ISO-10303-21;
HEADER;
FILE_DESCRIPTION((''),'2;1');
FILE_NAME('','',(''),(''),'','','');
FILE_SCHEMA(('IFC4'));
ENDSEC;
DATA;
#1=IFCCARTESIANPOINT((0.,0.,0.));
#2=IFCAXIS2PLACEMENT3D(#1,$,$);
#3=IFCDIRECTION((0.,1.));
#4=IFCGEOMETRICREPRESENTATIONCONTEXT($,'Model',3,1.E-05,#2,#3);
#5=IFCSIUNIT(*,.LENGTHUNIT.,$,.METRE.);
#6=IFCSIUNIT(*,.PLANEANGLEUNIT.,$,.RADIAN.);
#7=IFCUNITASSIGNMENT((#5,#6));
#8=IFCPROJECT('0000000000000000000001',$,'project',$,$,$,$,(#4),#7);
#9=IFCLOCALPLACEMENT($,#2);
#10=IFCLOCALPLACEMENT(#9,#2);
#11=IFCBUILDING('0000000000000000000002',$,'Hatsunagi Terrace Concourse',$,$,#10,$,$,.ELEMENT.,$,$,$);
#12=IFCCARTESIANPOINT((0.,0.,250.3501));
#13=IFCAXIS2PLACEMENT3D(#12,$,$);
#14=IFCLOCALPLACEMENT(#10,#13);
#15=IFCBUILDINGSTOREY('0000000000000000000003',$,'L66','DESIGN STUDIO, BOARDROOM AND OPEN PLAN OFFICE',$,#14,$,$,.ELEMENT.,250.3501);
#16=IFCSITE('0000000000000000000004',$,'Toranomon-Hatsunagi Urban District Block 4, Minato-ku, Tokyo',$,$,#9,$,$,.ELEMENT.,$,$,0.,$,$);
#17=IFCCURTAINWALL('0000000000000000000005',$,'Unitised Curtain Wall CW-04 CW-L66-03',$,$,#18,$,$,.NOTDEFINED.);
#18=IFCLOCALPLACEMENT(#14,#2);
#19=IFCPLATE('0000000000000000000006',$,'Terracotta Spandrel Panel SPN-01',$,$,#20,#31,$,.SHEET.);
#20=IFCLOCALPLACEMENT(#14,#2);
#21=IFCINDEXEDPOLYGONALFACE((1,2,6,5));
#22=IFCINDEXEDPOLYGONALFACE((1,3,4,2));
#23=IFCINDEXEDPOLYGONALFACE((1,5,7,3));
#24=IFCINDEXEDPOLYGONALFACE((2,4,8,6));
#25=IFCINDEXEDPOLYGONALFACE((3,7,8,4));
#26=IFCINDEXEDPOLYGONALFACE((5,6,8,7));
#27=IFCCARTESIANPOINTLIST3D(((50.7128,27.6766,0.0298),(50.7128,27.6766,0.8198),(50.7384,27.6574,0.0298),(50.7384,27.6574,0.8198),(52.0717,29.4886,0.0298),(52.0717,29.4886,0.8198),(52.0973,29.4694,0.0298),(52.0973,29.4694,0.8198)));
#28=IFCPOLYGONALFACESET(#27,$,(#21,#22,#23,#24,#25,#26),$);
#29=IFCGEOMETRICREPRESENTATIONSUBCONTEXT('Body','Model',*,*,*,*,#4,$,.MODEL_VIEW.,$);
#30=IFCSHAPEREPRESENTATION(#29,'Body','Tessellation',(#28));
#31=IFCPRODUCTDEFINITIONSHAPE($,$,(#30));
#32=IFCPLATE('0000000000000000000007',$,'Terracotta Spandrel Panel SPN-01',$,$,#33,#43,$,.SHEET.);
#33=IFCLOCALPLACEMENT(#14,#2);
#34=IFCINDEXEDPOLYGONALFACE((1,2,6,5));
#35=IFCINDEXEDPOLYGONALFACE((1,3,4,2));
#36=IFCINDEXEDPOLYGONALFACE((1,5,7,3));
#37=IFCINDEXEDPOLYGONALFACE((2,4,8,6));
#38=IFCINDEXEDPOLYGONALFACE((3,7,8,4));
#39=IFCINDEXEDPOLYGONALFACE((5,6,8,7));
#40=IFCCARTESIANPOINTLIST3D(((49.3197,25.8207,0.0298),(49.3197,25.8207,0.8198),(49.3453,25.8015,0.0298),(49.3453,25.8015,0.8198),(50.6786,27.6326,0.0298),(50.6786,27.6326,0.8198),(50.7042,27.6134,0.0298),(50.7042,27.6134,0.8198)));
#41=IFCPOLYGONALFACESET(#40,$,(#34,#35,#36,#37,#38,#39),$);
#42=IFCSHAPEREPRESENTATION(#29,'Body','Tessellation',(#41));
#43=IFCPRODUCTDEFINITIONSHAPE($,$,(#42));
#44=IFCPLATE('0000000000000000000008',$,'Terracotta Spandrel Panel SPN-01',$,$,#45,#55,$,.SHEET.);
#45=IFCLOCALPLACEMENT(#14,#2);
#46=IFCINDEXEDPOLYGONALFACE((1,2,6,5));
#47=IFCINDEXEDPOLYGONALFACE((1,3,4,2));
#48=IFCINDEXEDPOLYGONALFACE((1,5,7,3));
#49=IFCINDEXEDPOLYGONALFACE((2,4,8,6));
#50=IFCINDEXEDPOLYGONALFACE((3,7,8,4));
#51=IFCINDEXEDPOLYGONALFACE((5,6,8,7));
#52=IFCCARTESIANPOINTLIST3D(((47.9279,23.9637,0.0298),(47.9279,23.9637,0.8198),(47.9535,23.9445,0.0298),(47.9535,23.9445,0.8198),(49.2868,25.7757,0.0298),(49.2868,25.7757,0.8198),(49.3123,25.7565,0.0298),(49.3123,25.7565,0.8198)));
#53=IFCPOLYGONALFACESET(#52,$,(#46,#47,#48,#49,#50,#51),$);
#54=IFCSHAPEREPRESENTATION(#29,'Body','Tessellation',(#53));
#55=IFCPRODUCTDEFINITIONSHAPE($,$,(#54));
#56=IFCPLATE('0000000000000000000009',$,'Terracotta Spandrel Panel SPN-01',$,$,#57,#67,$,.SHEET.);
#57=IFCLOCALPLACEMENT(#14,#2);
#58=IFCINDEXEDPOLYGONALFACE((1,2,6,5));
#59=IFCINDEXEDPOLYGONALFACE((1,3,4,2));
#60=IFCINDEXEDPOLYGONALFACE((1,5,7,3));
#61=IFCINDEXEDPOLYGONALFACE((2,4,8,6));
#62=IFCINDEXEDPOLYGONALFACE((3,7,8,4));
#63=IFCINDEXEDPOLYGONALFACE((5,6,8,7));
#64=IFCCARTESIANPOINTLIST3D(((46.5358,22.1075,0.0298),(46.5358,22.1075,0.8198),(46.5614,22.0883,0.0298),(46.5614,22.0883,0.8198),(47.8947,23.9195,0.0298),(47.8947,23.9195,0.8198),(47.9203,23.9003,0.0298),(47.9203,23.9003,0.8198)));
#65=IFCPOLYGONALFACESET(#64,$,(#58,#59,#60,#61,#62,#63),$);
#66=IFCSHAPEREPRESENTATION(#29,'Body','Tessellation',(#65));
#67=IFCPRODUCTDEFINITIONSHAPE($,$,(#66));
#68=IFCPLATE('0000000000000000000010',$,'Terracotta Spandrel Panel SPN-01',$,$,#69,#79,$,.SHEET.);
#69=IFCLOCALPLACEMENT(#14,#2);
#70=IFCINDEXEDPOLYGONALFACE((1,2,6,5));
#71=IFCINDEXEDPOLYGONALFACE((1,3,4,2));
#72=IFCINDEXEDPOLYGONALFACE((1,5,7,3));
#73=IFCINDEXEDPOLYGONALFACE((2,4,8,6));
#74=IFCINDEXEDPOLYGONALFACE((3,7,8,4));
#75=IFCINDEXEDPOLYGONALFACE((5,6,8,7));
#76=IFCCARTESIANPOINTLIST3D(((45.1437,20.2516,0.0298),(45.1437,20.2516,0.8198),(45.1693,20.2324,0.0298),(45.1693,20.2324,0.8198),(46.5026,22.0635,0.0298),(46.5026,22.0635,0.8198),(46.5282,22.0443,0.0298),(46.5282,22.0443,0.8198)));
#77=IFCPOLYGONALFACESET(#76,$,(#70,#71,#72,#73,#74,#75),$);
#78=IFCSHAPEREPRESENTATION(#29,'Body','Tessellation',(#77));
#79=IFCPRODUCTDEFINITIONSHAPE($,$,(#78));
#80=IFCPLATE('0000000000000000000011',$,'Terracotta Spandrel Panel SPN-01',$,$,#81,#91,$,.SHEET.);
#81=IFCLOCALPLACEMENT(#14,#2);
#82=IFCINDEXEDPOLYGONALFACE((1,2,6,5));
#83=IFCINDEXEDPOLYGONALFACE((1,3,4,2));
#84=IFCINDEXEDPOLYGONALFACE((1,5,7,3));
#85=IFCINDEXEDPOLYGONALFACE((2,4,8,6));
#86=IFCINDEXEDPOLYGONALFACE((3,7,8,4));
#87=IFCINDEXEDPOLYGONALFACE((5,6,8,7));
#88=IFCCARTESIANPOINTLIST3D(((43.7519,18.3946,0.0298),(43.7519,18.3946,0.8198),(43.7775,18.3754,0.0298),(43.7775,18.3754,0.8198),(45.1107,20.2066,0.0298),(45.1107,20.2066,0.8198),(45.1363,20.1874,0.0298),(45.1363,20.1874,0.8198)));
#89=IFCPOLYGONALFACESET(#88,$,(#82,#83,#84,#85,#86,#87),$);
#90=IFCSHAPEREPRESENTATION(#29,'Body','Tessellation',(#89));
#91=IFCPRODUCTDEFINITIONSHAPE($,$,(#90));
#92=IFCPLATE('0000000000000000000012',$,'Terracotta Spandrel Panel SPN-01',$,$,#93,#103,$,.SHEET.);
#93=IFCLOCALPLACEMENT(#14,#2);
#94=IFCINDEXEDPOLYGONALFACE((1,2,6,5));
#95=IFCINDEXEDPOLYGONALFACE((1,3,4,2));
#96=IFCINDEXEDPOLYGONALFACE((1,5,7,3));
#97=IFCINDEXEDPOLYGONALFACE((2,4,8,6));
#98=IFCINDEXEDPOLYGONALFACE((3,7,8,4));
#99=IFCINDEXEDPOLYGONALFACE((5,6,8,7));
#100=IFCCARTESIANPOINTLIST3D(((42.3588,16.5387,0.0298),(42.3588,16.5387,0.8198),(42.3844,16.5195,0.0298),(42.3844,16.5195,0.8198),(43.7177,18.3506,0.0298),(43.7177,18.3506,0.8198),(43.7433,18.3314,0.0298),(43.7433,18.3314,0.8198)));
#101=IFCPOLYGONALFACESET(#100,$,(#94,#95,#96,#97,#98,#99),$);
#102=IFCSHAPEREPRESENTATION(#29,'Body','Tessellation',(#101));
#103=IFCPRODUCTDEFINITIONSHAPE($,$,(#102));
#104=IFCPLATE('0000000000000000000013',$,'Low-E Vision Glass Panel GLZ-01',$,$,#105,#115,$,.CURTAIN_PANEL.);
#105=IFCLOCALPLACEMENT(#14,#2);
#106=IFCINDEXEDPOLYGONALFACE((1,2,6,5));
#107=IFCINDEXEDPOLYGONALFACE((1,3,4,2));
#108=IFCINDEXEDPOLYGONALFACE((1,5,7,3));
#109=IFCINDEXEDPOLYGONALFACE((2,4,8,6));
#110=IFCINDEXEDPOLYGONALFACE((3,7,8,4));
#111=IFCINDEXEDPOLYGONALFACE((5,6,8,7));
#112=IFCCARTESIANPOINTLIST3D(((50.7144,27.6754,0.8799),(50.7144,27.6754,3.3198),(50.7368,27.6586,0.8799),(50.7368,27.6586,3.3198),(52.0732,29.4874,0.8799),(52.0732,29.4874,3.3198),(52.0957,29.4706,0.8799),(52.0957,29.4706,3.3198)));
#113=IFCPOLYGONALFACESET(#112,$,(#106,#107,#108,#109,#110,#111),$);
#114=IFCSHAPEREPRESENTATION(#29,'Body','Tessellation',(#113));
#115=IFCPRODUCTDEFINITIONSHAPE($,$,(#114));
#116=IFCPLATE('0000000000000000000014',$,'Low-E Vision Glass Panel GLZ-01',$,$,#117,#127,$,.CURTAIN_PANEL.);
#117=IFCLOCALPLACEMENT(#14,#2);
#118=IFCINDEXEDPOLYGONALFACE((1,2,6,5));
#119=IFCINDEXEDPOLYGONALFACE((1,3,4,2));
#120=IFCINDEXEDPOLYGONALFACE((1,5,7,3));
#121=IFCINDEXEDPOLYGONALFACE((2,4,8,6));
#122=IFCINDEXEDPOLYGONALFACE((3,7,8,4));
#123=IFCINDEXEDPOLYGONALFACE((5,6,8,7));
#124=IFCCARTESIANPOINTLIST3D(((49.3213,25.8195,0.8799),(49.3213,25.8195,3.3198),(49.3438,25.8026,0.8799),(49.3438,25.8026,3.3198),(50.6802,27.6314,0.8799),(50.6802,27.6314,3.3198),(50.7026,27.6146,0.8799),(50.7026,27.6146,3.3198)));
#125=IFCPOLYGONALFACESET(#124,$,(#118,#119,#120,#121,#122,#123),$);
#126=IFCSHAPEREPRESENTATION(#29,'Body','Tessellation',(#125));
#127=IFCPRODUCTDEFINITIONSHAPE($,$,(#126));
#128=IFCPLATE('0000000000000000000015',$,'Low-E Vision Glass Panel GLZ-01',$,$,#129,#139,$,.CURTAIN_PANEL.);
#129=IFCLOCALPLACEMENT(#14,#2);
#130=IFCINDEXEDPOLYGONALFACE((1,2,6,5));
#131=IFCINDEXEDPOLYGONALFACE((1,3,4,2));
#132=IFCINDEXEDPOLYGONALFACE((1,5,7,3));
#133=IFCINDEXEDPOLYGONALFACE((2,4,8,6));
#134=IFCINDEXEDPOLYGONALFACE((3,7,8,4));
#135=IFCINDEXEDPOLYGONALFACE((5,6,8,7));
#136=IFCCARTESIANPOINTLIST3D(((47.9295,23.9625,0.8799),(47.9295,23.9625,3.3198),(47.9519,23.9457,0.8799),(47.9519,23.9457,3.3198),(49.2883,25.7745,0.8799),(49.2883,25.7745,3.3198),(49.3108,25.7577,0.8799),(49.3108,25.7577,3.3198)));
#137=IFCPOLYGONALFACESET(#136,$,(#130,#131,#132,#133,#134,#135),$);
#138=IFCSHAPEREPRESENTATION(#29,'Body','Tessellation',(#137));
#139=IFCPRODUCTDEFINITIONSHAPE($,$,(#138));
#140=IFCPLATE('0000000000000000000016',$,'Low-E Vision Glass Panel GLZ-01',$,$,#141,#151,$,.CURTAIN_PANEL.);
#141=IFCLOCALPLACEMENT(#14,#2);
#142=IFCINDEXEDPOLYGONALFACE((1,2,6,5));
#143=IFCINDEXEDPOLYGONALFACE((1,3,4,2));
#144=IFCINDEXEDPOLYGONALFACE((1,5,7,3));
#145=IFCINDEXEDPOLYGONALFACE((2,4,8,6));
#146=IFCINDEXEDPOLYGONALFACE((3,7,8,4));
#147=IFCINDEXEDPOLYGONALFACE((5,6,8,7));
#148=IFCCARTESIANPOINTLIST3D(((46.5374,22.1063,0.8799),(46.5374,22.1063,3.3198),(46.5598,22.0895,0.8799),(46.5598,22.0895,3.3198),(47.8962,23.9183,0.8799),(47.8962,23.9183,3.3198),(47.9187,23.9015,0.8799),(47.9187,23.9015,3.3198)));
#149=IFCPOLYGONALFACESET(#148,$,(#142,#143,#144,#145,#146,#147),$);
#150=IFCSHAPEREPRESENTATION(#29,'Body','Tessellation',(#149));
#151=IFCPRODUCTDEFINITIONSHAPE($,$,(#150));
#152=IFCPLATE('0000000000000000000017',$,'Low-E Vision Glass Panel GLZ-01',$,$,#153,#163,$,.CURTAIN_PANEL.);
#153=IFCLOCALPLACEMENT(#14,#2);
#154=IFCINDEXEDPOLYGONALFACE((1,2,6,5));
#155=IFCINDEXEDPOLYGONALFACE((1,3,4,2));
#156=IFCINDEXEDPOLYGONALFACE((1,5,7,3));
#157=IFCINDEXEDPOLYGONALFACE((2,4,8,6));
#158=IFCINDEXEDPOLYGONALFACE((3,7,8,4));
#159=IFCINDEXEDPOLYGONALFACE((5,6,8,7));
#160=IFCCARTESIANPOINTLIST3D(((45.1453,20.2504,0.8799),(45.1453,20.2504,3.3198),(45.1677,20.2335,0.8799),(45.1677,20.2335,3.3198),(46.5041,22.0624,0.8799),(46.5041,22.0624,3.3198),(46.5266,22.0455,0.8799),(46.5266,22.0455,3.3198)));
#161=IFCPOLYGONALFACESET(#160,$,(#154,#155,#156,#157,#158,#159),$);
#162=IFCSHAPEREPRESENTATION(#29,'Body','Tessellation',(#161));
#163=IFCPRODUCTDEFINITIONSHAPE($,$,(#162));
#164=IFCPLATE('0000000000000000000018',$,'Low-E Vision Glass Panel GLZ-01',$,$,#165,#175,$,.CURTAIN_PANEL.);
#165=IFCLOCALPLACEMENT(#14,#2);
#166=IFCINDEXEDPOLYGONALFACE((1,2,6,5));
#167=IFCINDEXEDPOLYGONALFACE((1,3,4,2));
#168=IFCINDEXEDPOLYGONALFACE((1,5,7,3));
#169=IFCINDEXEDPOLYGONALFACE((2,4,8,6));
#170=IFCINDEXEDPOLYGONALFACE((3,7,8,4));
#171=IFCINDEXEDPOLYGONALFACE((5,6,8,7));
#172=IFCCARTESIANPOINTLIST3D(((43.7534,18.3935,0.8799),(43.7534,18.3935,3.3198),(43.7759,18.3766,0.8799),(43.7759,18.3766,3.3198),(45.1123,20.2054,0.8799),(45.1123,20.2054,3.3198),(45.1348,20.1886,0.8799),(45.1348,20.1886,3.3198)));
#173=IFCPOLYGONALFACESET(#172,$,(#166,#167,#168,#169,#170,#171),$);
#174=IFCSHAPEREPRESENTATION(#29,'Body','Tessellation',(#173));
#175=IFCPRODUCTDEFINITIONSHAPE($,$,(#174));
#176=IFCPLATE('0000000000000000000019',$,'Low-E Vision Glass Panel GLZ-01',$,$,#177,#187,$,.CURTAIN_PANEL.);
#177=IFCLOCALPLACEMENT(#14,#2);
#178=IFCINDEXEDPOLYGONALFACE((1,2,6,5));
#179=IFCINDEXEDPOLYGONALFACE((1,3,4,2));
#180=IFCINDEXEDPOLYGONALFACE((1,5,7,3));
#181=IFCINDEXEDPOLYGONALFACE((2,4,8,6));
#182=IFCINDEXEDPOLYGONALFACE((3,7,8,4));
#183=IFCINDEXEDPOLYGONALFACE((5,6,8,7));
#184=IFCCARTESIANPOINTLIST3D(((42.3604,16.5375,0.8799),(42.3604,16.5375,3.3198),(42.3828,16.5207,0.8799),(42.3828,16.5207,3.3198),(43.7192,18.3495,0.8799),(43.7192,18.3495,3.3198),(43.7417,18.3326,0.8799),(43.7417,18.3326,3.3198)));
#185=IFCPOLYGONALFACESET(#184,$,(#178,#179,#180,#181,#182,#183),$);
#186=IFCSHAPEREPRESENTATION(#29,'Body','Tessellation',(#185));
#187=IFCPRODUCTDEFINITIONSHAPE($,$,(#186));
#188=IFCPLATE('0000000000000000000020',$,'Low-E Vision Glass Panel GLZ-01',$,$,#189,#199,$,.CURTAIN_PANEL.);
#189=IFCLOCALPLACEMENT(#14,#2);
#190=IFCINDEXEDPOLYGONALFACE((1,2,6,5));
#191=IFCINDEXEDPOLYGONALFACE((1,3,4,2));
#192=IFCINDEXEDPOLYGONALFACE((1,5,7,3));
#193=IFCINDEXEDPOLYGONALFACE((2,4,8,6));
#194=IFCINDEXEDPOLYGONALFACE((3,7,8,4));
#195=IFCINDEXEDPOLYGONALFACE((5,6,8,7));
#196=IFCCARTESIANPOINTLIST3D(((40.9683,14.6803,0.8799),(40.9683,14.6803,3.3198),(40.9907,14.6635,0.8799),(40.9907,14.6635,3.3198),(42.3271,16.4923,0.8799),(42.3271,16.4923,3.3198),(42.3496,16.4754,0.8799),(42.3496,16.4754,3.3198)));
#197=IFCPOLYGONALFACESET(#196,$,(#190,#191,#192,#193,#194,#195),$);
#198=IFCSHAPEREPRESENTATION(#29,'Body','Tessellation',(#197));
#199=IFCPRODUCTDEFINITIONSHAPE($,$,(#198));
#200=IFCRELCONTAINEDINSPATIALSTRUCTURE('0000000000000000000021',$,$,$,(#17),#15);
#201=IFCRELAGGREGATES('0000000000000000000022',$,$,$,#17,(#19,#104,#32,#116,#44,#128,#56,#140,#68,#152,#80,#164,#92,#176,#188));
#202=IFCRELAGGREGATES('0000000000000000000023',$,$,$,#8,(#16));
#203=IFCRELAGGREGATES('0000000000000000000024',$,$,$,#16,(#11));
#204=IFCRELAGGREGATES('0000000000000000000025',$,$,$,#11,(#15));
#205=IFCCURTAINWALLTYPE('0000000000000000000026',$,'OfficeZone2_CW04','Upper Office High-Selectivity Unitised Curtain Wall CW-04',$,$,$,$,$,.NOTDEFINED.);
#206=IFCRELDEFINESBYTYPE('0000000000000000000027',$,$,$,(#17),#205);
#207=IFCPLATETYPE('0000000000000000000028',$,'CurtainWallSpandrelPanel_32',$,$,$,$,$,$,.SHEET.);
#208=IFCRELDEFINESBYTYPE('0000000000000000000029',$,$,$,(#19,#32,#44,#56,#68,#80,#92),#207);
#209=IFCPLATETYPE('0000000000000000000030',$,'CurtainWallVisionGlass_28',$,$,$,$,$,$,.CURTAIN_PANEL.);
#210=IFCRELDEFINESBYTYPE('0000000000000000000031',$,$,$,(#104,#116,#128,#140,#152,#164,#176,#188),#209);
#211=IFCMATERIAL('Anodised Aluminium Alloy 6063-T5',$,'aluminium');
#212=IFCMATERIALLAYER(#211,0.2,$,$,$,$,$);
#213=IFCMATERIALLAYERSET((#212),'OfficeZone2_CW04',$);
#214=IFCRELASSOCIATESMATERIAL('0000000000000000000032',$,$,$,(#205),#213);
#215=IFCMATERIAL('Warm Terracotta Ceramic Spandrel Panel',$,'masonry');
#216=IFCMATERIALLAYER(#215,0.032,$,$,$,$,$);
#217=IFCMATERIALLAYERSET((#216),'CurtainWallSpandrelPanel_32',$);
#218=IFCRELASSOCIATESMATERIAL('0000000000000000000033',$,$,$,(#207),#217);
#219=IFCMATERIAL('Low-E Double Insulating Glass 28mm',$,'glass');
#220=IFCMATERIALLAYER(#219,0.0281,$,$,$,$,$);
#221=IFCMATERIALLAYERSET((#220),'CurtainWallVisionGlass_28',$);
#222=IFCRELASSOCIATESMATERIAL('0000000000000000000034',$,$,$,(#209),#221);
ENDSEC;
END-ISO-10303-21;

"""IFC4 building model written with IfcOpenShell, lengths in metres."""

from ifc_helpers import new_model, si_unit, direction, frame, origin, origin_2d, place, context, subcontext, project, spatial, rectangle, extrude, material, layer, layer_set, type_object, element, aggregate, save


model = new_model("IFC4")

# Units and contexts
model_context = context("Model", 3, precision=1e-05, world=origin(), true_north=direction((0.0, 1.0)))
body_context = subcontext(model_context, "Body", "Model", "MODEL_VIEW")
ifc_project = project(units=[si_unit("LENGTHUNIT", "METRE"), si_unit("PLANEANGLEUNIT", "RADIAN")], contexts=[model_context])

# Site, building, storey
site_placement = place(None, origin())
site = spatial("IfcSite", under=ifc_project, at=site_placement, Name="Toranomon-Hatsunagi Urban District Block 4, Minato-ku, Tokyo", CompositionType="ELEMENT", RefElevation=0.0)
building_placement = place(site_placement, origin())
building = spatial("IfcBuilding", under=site, at=building_placement, Name="Hatsunagi Terrace Concourse", CompositionType="ELEMENT")
storey_placement = place(building_placement, frame((0.0, 0.0, 250.3501)))
storey = spatial("IfcBuildingStorey", under=building, at=storey_placement, Name="L66", Description="DESIGN STUDIO, BOARDROOM AND OPEN PLAN OFFICE", CompositionType="ELEMENT", Elevation=250.3501)

# Curtain wall
ifc_material_1 = material(Name="Anodised Aluminium Alloy 6063-T5", Category="aluminium")
ifc_layer_1 = layer(ifc_material_1, 0.2)
ifc_layer_set_1 = layer_set([ifc_layer_1], Name="OfficeZone2_CW04")
curtain_wall_type = type_object("IfcCurtainWallType", Name="OfficeZone2_CW04", Description="Upper Office High-Selectivity Unitised Curtain Wall CW-04", PredefinedType="NOTDEFINED", material=ifc_layer_set_1)
curtain_wall_placement = place(storey_placement, origin())
curtain_wall = element("IfcCurtainWall", 1, at=curtain_wall_placement, inside=storey, type_object=curtain_wall_type, Name="Unitised Curtain Wall CW-04 CW-L66-03", PredefinedType="NOTDEFINED")

# Plates
ifc_material_2 = material(Name="Warm Terracotta Ceramic Spandrel Panel", Category="masonry")
ifc_layer_2 = layer(ifc_material_2, 0.032)
ifc_layer_set_2 = layer_set([ifc_layer_2], Name="CurtainWallSpandrelPanel_32")
plate_type_1 = type_object("IfcPlateType", Name="CurtainWallSpandrelPanel_32", PredefinedType="SHEET", material=ifc_layer_set_2)
plate_1_placement = place(storey_placement, frame((51.405, 28.573, 0.0298), z_axis=(0.0, 0.0, 1.0), x_axis=(-0.599969, -0.800023, 0.0)))
plate_1 = element("IfcPlate", 2, at=plate_1_placement, type_object=plate_type_1, Name="Terracotta Spandrel Panel SPN-01", PredefinedType="SHEET", context=body_context, shape_type="SweptSolid", body=[
    extrude(rectangle(XDim=2.2649, YDim=0.032, at=origin_2d()), origin(), (0.0, 0.0, 1.0), 0.79),
])
plate_2_placement = place(storey_placement, frame((50.012, 26.717, 0.0298), z_axis=(0.0, 0.0, 1.0), x_axis=(-0.599969, -0.800023, 0.0)))
plate_2 = element("IfcPlate", 3, at=plate_2_placement, type_object=plate_type_1, Name="Terracotta Spandrel Panel SPN-01", PredefinedType="SHEET", context=body_context, shape_type="SweptSolid", body=[
    extrude(rectangle(XDim=2.2649, YDim=0.032, at=origin_2d()), origin(), (0.0, 0.0, 1.0), 0.79),
])
plate_3_placement = place(storey_placement, frame((48.6201, 24.8601, 0.0298), z_axis=(0.0, 0.0, 1.0), x_axis=(-0.599969, -0.800023, 0.0)))
plate_3 = element("IfcPlate", 4, at=plate_3_placement, type_object=plate_type_1, Name="Terracotta Spandrel Panel SPN-01", PredefinedType="SHEET", context=body_context, shape_type="SweptSolid", body=[
    extrude(rectangle(XDim=2.2649, YDim=0.032, at=origin_2d()), origin(), (0.0, 0.0, 1.0), 0.79),
])
plate_4_placement = place(storey_placement, frame((47.228, 23.0039, 0.0298), z_axis=(0.0, 0.0, 1.0), x_axis=(-0.599969, -0.800023, 0.0)))
plate_4 = element("IfcPlate", 5, at=plate_4_placement, type_object=plate_type_1, Name="Terracotta Spandrel Panel SPN-01", PredefinedType="SHEET", context=body_context, shape_type="SweptSolid", body=[
    extrude(rectangle(XDim=2.2649, YDim=0.032, at=origin_2d()), origin(), (0.0, 0.0, 1.0), 0.79),
])
plate_5_placement = place(storey_placement, frame((45.8359, 21.1479, 0.0298), z_axis=(0.0, 0.0, 1.0), x_axis=(-0.599969, -0.800023, 0.0)))
plate_5 = element("IfcPlate", 6, at=plate_5_placement, type_object=plate_type_1, Name="Terracotta Spandrel Panel SPN-01", PredefinedType="SHEET", context=body_context, shape_type="SweptSolid", body=[
    extrude(rectangle(XDim=2.2649, YDim=0.032, at=origin_2d()), origin(), (0.0, 0.0, 1.0), 0.79),
])
plate_6_placement = place(storey_placement, frame((44.4441, 19.291, 0.0298), z_axis=(0.0, 0.0, 1.0), x_axis=(-0.599969, -0.800023, 0.0)))
plate_6 = element("IfcPlate", 7, at=plate_6_placement, type_object=plate_type_1, Name="Terracotta Spandrel Panel SPN-01", PredefinedType="SHEET", context=body_context, shape_type="SweptSolid", body=[
    extrude(rectangle(XDim=2.2649, YDim=0.032, at=origin_2d()), origin(), (0.0, 0.0, 1.0), 0.79),
])
plate_7_placement = place(storey_placement, frame((43.051, 17.4351, 0.0298), z_axis=(0.0, 0.0, 1.0), x_axis=(-0.599969, -0.800023, 0.0)))
plate_7 = element("IfcPlate", 8, at=plate_7_placement, type_object=plate_type_1, Name="Terracotta Spandrel Panel SPN-01", PredefinedType="SHEET", context=body_context, shape_type="SweptSolid", body=[
    extrude(rectangle(XDim=2.2649, YDim=0.032, at=origin_2d()), origin(), (0.0, 0.0, 1.0), 0.79),
])
ifc_material_3 = material(Name="Low-E Double Insulating Glass 28mm", Category="glass")
ifc_layer_3 = layer(ifc_material_3, 0.0281)
ifc_layer_set_3 = layer_set([ifc_layer_3], Name="CurtainWallVisionGlass_28")
plate_type_2 = type_object("IfcPlateType", Name="CurtainWallVisionGlass_28", PredefinedType="CURTAIN_PANEL", material=ifc_layer_set_3)
plate_8_placement = place(storey_placement, frame((51.405, 28.573, 0.8799), z_axis=(0.0, 0.0, 1.0), x_axis=(-0.599969, -0.800023, 0.0)))
plate_8 = element("IfcPlate", 9, at=plate_8_placement, type_object=plate_type_2, Name="Low-E Vision Glass Panel GLZ-01", PredefinedType="CURTAIN_PANEL", context=body_context, shape_type="SweptSolid", body=[
    extrude(rectangle(XDim=2.2649, YDim=0.0281, at=origin_2d()), origin(), (0.0, 0.0, 1.0), 2.4399),
])
plate_9_placement = place(storey_placement, frame((50.012, 26.717, 0.8799), z_axis=(0.0, 0.0, 1.0), x_axis=(-0.599969, -0.800023, 0.0)))
plate_9 = element("IfcPlate", 10, at=plate_9_placement, type_object=plate_type_2, Name="Low-E Vision Glass Panel GLZ-01", PredefinedType="CURTAIN_PANEL", context=body_context, shape_type="SweptSolid", body=[
    extrude(rectangle(XDim=2.2649, YDim=0.0281, at=origin_2d()), origin(), (0.0, 0.0, 1.0), 2.4399),
])
plate_10_placement = place(storey_placement, frame((48.6201, 24.8601, 0.8799), z_axis=(0.0, 0.0, 1.0), x_axis=(-0.599969, -0.800023, 0.0)))
plate_10 = element("IfcPlate", 11, at=plate_10_placement, type_object=plate_type_2, Name="Low-E Vision Glass Panel GLZ-01", PredefinedType="CURTAIN_PANEL", context=body_context, shape_type="SweptSolid", body=[
    extrude(rectangle(XDim=2.2649, YDim=0.0281, at=origin_2d()), origin(), (0.0, 0.0, 1.0), 2.4399),
])
plate_11_placement = place(storey_placement, frame((47.228, 23.0039, 0.8799), z_axis=(0.0, 0.0, 1.0), x_axis=(-0.599969, -0.800023, 0.0)))
plate_11 = element("IfcPlate", 12, at=plate_11_placement, type_object=plate_type_2, Name="Low-E Vision Glass Panel GLZ-01", PredefinedType="CURTAIN_PANEL", context=body_context, shape_type="SweptSolid", body=[
    extrude(rectangle(XDim=2.2649, YDim=0.0281, at=origin_2d()), origin(), (0.0, 0.0, 1.0), 2.4399),
])
plate_12_placement = place(storey_placement, frame((45.8359, 21.1479, 0.8799), z_axis=(0.0, 0.0, 1.0), x_axis=(-0.599969, -0.800023, 0.0)))
plate_12 = element("IfcPlate", 13, at=plate_12_placement, type_object=plate_type_2, Name="Low-E Vision Glass Panel GLZ-01", PredefinedType="CURTAIN_PANEL", context=body_context, shape_type="SweptSolid", body=[
    extrude(rectangle(XDim=2.2649, YDim=0.0281, at=origin_2d()), origin(), (0.0, 0.0, 1.0), 2.4399),
])
plate_13_placement = place(storey_placement, frame((44.4441, 19.291, 0.8799), z_axis=(0.0, 0.0, 1.0), x_axis=(-0.599969, -0.800023, 0.0)))
plate_13 = element("IfcPlate", 14, at=plate_13_placement, type_object=plate_type_2, Name="Low-E Vision Glass Panel GLZ-01", PredefinedType="CURTAIN_PANEL", context=body_context, shape_type="SweptSolid", body=[
    extrude(rectangle(XDim=2.2649, YDim=0.0281, at=origin_2d()), origin(), (0.0, 0.0, 1.0), 2.4399),
])
plate_14_placement = place(storey_placement, frame((43.051, 17.4351, 0.8799), z_axis=(0.0, 0.0, 1.0), x_axis=(-0.599969, -0.800023, 0.0)))
plate_14 = element("IfcPlate", 15, at=plate_14_placement, type_object=plate_type_2, Name="Low-E Vision Glass Panel GLZ-01", PredefinedType="CURTAIN_PANEL", context=body_context, shape_type="SweptSolid", body=[
    extrude(rectangle(XDim=2.2649, YDim=0.0281, at=origin_2d()), origin(), (0.0, 0.0, 1.0), 2.4399),
])
plate_15_placement = place(storey_placement, frame((41.6589, 15.5779, 0.8799), z_axis=(0.0, 0.0, 1.0), x_axis=(-0.599969, -0.800023, 0.0)))
plate_15 = element("IfcPlate", 16, at=plate_15_placement, type_object=plate_type_2, Name="Low-E Vision Glass Panel GLZ-01", PredefinedType="CURTAIN_PANEL", context=body_context, shape_type="SweptSolid", body=[
    extrude(rectangle(XDim=2.2649, YDim=0.0281, at=origin_2d()), origin(), (0.0, 0.0, 1.0), 2.4399),
])
aggregate(curtain_wall, [plate_1, plate_8, plate_2, plate_9, plate_3, plate_10, plate_4, plate_11, plate_5, plate_12, plate_6, plate_13, plate_7, plate_14, plate_15])

save(model, "model.ifc")
